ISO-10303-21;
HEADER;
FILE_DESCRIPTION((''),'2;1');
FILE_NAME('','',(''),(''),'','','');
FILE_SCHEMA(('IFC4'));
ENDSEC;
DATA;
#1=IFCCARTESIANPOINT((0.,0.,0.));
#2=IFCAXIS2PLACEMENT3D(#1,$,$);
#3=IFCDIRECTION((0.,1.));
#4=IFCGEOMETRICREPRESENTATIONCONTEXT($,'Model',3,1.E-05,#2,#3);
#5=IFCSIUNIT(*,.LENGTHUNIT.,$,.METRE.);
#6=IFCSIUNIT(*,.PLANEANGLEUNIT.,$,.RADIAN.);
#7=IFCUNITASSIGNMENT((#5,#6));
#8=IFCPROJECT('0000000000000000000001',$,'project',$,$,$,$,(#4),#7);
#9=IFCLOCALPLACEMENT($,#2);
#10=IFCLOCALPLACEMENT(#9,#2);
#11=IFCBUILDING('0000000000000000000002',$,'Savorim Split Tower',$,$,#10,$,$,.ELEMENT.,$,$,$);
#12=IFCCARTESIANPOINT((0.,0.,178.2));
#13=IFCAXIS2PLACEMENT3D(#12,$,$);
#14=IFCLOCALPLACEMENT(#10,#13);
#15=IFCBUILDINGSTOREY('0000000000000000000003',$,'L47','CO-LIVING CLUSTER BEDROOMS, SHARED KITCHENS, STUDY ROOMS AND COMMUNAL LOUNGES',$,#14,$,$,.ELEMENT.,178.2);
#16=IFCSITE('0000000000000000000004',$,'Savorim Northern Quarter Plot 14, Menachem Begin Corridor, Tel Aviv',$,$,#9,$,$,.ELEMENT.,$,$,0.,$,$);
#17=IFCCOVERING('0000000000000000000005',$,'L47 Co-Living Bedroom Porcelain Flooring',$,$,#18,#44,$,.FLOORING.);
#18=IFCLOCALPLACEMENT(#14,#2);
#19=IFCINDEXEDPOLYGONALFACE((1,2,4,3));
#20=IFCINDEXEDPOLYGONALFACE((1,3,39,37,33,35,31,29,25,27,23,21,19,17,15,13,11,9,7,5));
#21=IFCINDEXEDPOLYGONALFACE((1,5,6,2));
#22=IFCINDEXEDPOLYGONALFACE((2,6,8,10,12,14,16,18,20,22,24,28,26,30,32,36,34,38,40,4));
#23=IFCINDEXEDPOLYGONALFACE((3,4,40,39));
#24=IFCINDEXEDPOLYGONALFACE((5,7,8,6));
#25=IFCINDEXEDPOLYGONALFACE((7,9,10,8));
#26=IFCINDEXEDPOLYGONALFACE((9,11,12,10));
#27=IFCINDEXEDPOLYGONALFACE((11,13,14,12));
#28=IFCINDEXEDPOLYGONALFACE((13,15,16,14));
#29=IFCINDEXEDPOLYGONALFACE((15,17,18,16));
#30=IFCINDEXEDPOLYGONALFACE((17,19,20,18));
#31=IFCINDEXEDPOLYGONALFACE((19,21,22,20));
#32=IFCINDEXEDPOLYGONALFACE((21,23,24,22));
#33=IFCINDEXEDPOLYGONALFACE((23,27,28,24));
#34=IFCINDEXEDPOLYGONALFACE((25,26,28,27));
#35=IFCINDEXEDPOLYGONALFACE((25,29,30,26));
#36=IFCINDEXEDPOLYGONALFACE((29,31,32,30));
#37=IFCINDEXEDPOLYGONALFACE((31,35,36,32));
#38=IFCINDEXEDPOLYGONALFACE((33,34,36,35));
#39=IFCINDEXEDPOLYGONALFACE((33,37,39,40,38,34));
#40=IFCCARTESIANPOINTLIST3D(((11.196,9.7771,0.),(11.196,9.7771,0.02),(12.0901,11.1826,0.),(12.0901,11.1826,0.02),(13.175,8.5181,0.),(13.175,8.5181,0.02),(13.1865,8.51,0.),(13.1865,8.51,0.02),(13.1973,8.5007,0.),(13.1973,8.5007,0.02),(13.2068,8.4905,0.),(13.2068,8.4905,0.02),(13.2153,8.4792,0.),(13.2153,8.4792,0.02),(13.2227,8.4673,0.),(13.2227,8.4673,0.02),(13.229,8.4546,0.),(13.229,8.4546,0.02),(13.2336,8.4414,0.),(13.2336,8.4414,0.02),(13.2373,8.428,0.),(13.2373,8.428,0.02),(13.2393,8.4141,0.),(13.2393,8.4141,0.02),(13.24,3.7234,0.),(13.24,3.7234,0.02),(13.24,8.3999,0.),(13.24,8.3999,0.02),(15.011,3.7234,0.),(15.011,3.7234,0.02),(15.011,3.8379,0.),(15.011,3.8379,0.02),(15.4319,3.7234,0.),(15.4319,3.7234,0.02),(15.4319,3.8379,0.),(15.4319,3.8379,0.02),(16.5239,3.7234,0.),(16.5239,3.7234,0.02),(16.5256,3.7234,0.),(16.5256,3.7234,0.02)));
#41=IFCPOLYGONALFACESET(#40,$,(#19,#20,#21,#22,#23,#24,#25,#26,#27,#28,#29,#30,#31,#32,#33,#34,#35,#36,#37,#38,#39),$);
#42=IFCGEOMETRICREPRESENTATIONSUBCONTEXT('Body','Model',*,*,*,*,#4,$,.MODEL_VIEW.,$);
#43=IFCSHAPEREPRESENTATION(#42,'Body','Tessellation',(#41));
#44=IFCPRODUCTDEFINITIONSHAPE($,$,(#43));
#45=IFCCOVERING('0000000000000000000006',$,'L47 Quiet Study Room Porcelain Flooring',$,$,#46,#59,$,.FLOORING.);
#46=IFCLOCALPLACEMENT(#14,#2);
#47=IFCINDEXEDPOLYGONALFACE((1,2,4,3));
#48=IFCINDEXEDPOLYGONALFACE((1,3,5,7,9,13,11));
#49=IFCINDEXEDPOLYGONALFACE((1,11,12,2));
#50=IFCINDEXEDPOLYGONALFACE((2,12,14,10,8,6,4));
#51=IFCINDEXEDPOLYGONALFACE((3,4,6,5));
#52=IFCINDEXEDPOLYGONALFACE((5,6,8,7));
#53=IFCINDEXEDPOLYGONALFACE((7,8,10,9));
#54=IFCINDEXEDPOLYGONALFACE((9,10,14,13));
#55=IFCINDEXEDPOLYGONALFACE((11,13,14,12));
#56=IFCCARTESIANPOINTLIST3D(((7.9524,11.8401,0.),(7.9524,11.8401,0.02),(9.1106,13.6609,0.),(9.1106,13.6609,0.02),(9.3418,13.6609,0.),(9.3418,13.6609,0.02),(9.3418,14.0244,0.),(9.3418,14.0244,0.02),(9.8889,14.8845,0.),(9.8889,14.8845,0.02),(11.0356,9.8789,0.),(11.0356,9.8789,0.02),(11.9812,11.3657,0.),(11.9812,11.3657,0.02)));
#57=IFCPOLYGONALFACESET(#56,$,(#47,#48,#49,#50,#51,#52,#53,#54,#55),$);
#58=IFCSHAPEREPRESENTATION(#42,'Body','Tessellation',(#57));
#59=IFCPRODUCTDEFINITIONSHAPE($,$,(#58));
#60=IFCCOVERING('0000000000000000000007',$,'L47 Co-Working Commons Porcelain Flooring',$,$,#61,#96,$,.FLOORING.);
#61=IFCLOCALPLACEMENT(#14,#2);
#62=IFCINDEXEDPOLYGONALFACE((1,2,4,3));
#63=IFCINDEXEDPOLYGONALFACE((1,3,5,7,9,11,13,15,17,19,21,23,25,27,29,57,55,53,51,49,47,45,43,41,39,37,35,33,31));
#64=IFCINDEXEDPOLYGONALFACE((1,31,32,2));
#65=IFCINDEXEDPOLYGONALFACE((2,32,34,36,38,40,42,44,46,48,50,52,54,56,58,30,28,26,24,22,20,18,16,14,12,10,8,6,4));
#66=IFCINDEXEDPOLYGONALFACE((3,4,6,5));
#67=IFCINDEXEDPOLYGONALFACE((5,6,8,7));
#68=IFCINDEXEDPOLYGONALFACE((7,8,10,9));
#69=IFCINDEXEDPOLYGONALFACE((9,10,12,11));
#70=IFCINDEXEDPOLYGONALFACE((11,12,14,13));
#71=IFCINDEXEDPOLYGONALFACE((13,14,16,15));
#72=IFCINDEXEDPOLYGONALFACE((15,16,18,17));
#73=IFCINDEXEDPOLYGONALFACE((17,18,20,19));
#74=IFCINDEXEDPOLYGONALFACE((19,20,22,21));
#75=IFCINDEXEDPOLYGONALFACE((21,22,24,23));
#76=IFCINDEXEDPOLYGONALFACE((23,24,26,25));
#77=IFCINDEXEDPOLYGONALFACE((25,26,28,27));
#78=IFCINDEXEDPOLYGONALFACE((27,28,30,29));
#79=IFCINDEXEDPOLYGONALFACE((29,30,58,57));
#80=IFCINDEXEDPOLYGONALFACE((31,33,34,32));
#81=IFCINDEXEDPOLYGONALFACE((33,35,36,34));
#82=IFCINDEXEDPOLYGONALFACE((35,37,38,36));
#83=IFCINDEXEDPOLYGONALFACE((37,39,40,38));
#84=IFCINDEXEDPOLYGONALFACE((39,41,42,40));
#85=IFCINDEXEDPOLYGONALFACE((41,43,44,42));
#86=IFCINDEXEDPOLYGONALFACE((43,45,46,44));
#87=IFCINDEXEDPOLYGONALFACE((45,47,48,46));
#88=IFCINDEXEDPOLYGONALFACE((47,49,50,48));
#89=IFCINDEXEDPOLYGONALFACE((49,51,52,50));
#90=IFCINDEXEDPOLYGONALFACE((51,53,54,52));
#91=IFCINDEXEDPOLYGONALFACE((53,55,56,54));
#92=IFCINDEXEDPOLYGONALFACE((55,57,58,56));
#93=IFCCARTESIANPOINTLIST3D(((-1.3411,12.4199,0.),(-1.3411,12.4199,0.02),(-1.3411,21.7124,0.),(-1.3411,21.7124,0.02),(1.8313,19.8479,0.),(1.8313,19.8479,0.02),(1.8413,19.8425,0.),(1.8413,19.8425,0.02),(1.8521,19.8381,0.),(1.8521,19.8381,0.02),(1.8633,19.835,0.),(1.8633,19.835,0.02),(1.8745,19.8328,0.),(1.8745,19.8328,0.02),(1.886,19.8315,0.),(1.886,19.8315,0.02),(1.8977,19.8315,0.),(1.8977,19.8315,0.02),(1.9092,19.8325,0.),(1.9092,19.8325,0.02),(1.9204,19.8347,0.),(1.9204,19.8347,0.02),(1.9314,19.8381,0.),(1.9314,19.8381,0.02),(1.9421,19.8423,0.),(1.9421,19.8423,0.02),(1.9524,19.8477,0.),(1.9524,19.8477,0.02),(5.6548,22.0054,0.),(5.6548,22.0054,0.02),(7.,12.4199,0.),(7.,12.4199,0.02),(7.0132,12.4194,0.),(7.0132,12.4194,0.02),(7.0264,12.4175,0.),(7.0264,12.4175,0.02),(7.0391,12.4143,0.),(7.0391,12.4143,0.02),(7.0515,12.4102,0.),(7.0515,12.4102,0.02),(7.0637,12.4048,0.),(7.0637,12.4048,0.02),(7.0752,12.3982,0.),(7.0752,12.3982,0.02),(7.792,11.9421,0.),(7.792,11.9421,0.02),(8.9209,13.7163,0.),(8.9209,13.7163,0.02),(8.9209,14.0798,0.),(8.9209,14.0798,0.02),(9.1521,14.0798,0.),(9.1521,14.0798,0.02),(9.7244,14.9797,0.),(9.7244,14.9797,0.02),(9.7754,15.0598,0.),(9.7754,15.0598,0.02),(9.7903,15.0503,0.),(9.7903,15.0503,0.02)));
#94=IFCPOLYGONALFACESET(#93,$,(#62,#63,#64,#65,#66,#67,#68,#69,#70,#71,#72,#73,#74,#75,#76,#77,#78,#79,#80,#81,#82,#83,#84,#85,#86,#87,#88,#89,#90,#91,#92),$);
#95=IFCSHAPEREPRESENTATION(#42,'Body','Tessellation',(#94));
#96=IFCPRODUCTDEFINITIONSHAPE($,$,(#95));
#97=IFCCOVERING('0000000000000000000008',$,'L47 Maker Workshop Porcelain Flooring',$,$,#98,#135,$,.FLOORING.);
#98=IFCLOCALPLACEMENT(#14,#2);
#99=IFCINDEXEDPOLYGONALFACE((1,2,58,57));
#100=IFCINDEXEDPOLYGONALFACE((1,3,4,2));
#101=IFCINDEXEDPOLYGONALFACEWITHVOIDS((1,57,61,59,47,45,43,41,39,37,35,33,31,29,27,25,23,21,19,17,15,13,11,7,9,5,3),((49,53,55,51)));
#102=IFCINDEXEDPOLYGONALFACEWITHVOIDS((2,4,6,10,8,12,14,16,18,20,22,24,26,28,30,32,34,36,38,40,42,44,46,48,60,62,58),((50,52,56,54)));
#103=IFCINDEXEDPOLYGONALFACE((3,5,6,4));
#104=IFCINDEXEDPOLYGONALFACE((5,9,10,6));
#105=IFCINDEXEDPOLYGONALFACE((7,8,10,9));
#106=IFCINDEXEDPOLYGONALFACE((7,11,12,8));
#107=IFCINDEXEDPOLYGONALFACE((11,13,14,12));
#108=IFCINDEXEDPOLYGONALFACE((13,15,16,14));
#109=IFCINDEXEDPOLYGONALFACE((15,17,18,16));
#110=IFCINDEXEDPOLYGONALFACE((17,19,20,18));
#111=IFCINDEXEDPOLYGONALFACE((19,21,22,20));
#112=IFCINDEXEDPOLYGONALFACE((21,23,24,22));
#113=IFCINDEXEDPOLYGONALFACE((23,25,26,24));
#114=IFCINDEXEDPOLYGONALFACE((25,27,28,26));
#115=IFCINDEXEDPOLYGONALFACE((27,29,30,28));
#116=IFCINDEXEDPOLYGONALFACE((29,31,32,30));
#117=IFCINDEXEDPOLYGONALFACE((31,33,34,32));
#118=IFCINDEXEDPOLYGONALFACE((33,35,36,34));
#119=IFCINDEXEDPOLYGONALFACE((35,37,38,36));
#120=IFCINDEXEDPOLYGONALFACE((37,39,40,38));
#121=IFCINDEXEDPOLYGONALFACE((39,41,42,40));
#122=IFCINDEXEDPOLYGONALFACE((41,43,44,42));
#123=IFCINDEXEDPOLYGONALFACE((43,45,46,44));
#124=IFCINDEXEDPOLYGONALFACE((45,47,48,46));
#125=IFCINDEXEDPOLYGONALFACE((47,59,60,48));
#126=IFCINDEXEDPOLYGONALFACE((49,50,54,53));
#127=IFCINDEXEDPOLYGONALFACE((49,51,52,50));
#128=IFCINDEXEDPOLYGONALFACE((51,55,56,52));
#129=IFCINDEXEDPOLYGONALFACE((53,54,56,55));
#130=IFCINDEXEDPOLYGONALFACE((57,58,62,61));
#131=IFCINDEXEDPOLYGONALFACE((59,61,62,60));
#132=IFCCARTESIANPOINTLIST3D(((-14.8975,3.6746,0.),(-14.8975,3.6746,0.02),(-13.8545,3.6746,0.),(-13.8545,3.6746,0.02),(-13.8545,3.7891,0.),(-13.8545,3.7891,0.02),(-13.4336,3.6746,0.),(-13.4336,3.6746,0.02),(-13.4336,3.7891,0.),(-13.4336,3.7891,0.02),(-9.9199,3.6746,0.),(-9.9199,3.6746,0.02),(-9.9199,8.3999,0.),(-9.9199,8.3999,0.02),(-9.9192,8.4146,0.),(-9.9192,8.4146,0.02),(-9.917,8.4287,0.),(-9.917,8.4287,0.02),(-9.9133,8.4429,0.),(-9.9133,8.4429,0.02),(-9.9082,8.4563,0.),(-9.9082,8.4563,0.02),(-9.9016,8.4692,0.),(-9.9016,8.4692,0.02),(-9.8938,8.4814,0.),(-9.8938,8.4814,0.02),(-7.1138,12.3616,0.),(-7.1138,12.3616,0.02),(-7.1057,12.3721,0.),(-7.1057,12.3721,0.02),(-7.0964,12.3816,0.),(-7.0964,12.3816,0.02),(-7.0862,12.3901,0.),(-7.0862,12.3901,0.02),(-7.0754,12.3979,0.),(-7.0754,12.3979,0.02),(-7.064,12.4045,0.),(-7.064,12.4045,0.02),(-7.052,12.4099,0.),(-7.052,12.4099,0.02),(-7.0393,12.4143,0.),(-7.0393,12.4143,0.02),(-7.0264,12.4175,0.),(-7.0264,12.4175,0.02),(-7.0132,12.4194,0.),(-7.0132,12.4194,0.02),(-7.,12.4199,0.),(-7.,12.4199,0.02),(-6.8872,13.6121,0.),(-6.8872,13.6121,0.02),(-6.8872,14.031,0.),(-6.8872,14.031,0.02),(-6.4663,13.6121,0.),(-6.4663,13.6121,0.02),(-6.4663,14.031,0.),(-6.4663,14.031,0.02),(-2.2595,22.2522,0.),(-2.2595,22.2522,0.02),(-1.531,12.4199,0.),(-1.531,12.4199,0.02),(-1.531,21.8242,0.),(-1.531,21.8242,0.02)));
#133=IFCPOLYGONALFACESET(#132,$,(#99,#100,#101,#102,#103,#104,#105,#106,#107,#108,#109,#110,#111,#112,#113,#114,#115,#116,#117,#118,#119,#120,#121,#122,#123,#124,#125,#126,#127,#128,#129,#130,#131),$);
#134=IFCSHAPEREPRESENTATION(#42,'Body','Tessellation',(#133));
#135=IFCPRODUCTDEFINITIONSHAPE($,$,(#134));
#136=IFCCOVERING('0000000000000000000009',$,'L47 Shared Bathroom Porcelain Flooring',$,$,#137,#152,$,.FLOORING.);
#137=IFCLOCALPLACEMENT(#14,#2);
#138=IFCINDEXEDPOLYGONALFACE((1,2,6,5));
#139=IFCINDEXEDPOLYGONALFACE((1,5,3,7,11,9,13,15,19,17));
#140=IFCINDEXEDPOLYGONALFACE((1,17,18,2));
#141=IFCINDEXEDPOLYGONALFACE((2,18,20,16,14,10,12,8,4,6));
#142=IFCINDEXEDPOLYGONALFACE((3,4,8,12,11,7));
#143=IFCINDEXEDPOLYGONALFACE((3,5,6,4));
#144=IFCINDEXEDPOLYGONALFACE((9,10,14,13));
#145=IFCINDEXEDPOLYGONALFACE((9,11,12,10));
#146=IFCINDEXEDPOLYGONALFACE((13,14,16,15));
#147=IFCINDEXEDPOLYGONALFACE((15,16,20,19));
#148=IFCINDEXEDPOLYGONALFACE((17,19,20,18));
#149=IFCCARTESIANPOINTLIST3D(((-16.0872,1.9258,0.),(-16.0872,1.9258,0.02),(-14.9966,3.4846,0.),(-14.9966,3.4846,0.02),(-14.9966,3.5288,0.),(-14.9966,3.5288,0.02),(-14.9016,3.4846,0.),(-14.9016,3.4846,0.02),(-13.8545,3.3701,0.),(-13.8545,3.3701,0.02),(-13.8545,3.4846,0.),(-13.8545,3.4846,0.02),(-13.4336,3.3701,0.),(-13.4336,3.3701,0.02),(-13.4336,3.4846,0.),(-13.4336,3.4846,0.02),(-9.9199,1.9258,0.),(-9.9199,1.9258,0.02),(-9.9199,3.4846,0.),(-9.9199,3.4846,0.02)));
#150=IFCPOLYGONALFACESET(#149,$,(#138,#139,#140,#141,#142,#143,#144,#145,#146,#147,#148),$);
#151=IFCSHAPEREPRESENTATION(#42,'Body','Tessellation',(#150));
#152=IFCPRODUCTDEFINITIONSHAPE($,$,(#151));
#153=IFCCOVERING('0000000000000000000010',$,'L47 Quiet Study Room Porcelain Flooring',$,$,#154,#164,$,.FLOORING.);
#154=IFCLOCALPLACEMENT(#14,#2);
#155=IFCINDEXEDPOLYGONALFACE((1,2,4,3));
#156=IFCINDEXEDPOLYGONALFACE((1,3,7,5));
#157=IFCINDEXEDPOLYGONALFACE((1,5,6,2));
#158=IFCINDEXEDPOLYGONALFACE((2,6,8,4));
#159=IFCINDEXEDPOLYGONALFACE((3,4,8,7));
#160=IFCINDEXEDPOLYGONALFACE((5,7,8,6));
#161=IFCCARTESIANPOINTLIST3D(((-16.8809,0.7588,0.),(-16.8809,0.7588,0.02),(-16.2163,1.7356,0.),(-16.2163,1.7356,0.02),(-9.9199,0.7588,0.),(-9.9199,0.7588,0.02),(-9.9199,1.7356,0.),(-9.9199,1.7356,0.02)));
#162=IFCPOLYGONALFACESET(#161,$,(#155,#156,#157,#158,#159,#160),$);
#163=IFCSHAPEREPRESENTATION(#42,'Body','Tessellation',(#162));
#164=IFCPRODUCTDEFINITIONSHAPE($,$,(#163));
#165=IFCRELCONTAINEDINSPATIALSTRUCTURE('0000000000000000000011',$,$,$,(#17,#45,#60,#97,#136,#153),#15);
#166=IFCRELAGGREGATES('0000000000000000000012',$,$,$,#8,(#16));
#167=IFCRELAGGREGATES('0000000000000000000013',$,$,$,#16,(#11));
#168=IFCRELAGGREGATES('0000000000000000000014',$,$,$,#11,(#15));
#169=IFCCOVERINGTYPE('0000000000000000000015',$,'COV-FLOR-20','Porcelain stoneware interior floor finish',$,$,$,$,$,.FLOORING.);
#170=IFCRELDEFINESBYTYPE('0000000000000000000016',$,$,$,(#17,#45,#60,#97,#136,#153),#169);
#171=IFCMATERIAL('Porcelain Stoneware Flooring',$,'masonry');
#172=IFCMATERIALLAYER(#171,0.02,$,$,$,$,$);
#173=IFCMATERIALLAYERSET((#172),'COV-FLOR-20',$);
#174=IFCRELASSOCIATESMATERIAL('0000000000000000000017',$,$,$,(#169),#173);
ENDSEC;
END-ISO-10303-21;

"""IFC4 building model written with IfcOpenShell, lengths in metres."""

from ifc_helpers import new_model, si_unit, direction, frame, origin, place, context, subcontext, project, spatial, polyline, outline, extrude, material, layer, layer_set, type_object, element, save


model = new_model("IFC4")

# Units and contexts
model_context = context("Model", 3, precision=1e-05, world=origin(), true_north=direction((0.0, 1.0)))
body_context = subcontext(model_context, "Body", "Model", "MODEL_VIEW")
ifc_project = project(units=[si_unit("LENGTHUNIT", "METRE"), si_unit("PLANEANGLEUNIT", "RADIAN")], contexts=[model_context])

# Site, building, storey
site_placement = place(None, origin())
site = spatial("IfcSite", under=ifc_project, at=site_placement, Name="Savorim Northern Quarter Plot 14, Menachem Begin Corridor, Tel Aviv", CompositionType="ELEMENT", RefElevation=0.0)
building_placement = place(site_placement, origin())
building = spatial("IfcBuilding", under=site, at=building_placement, Name="Savorim Split Tower", CompositionType="ELEMENT")
storey_placement = place(building_placement, frame((0.0, 0.0, 178.2)))
storey = spatial("IfcBuildingStorey", under=building, at=storey_placement, Name="L47", Description="CO-LIVING CLUSTER BEDROOMS, SHARED KITCHENS, STUDY ROOMS AND COMMUNAL LOUNGES", CompositionType="ELEMENT", Elevation=178.2)

# Coverings
ifc_material_1 = material(Name="Porcelain Stoneware Flooring", Category="masonry")
ifc_layer_1 = layer(ifc_material_1, 0.02)
ifc_layer_set_1 = layer_set([ifc_layer_1], Name="COV-FLOR-20")
covering_type_1 = type_object("IfcCoveringType", Name="COV-FLOR-20", Description="Porcelain stoneware interior floor finish", PredefinedType="FLOORING", material=ifc_layer_set_1)
covering_1_placement = place(storey_placement, origin())
element("IfcCovering", 1, at=covering_1_placement, inside=storey, type_object=covering_type_1, Name="L47 Co-Living Bedroom Porcelain Flooring", PredefinedType="FLOORING", context=body_context, shape_type="SweptSolid", body=[
    extrude(outline(polyline([(15.4319, 3.8379), (15.4319, 3.7234), (16.5239, 3.7234), (16.5256, 3.7234), (12.0901, 11.1826), (11.196, 9.7771), (13.175, 8.5181), (13.1865, 8.51), (13.1973, 8.5007), (13.2068, 8.4905), (13.2153, 8.4792), (13.2227, 8.4673), (13.229, 8.4546), (13.2336, 8.4414), (13.2373, 8.428), (13.2393, 8.4141), (13.24, 8.3999), (13.24, 3.7234), (15.011, 3.7234), (15.011, 3.8379), (15.4319, 3.8379)])), origin(), (0.0, 0.0, 1.0), 0.02),
])
covering_2_placement = place(storey_placement, origin())
element("IfcCovering", 2, at=covering_2_placement, inside=storey, type_object=covering_type_1, Name="L47 Quiet Study Room Porcelain Flooring", PredefinedType="FLOORING", context=body_context, shape_type="SweptSolid", body=[
    extrude(outline(polyline([(9.1106, 13.6609), (7.9524, 11.8401), (7.9524, 11.8401), (11.0356, 9.8789), (11.9812, 11.3657), (9.8889, 14.8845), (9.3418, 14.0244), (9.3418, 13.6609), (9.1106, 13.6609)])), origin(), (0.0, 0.0, 1.0), 0.02),
])
covering_3_placement = place(storey_placement, origin())
element("IfcCovering", 3, at=covering_3_placement, inside=storey, type_object=covering_type_1, Name="L47 Co-Working Commons Porcelain Flooring", PredefinedType="FLOORING", context=body_context, shape_type="SweptSolid", body=[
    extrude(outline(polyline([(1.8521, 19.8381), (1.8413, 19.8425), (1.8313, 19.8479), (-1.3411, 21.7124), (-1.3411, 12.4199), (7.0, 12.4199), (7.0132, 12.4194), (7.0264, 12.4175), (7.0391, 12.4143), (7.0515, 12.4102), (7.0637, 12.4048), (7.0752, 12.3982), (7.792, 11.9421), (8.9209, 13.7163), (8.9209, 14.0798), (9.1521, 14.0798), (9.7244, 14.9797), (9.7754, 15.0598), (9.7903, 15.0503), (5.6548, 22.0054), (1.9524, 19.8477), (1.9421, 19.8423), (1.9314, 19.8381), (1.9204, 19.8347), (1.9092, 19.8325), (1.8977, 19.8315), (1.886, 19.8315), (1.8745, 19.8328), (1.8633, 19.835), (1.8521, 19.8381)])), origin(), (0.0, 0.0, 1.0), 0.02),
])
covering_4_placement = place(storey_placement, origin())
element("IfcCovering", 4, at=covering_4_placement, inside=storey, type_object=covering_type_1, Name="L47 Maker Workshop Porcelain Flooring", PredefinedType="FLOORING", context=body_context, shape_type="SweptSolid", body=[
    extrude(outline(polyline([(-7.0, 12.4199), (-1.531, 12.4199), (-1.531, 21.8242), (-2.2595, 22.2522), (-14.8975, 3.6746), (-13.8545, 3.6746), (-13.8545, 3.7891), (-13.4336, 3.7891), (-13.4336, 3.6746), (-9.9199, 3.6746), (-9.9199, 8.3999), (-9.9192, 8.4146), (-9.917, 8.4287), (-9.9133, 8.4429), (-9.9082, 8.4563), (-9.9016, 8.4692), (-9.8938, 8.4814), (-7.1138, 12.3616), (-7.1057, 12.3721), (-7.0964, 12.3816), (-7.0862, 12.3901), (-7.0754, 12.3979), (-7.064, 12.4045), (-7.052, 12.4099), (-7.0393, 12.4143), (-7.0264, 12.4175), (-7.0132, 12.4194), (-7.0, 12.4199)]), holes=[polyline([(-6.4663, 14.031), (-6.8872, 14.031), (-6.8872, 13.6121), (-6.4663, 13.6121), (-6.4663, 14.031)])]), origin(), (0.0, 0.0, 1.0), 0.02),
])
covering_5_placement = place(storey_placement, origin())
element("IfcCovering", 5, at=covering_5_placement, inside=storey, type_object=covering_type_1, Name="L47 Shared Bathroom Porcelain Flooring", PredefinedType="FLOORING", context=body_context, shape_type="SweptSolid", body=[
    extrude(outline(polyline([(-13.8545, 3.4846), (-14.9016, 3.4846), (-14.9966, 3.4846), (-14.9966, 3.5288), (-16.0872, 1.9258), (-9.9199, 1.9258), (-9.9199, 3.4846), (-13.4336, 3.4846), (-13.4336, 3.3701), (-13.8545, 3.3701), (-13.8545, 3.4846)])), origin(), (0.0, 0.0, 1.0), 0.02),
])
covering_6_placement = place(storey_placement, origin())
element("IfcCovering", 6, at=covering_6_placement, inside=storey, type_object=covering_type_1, Name="L47 Quiet Study Room Porcelain Flooring", PredefinedType="FLOORING", context=body_context, shape_type="SweptSolid", body=[
    extrude(outline(polyline([(-16.2163, 1.7356), (-16.8809, 0.7588), (-9.9199, 0.7588), (-9.9199, 1.7356), (-16.2163, 1.7356)])), origin(), (0.0, 0.0, 1.0), 0.02),
])

save(model, "model.ifc")
